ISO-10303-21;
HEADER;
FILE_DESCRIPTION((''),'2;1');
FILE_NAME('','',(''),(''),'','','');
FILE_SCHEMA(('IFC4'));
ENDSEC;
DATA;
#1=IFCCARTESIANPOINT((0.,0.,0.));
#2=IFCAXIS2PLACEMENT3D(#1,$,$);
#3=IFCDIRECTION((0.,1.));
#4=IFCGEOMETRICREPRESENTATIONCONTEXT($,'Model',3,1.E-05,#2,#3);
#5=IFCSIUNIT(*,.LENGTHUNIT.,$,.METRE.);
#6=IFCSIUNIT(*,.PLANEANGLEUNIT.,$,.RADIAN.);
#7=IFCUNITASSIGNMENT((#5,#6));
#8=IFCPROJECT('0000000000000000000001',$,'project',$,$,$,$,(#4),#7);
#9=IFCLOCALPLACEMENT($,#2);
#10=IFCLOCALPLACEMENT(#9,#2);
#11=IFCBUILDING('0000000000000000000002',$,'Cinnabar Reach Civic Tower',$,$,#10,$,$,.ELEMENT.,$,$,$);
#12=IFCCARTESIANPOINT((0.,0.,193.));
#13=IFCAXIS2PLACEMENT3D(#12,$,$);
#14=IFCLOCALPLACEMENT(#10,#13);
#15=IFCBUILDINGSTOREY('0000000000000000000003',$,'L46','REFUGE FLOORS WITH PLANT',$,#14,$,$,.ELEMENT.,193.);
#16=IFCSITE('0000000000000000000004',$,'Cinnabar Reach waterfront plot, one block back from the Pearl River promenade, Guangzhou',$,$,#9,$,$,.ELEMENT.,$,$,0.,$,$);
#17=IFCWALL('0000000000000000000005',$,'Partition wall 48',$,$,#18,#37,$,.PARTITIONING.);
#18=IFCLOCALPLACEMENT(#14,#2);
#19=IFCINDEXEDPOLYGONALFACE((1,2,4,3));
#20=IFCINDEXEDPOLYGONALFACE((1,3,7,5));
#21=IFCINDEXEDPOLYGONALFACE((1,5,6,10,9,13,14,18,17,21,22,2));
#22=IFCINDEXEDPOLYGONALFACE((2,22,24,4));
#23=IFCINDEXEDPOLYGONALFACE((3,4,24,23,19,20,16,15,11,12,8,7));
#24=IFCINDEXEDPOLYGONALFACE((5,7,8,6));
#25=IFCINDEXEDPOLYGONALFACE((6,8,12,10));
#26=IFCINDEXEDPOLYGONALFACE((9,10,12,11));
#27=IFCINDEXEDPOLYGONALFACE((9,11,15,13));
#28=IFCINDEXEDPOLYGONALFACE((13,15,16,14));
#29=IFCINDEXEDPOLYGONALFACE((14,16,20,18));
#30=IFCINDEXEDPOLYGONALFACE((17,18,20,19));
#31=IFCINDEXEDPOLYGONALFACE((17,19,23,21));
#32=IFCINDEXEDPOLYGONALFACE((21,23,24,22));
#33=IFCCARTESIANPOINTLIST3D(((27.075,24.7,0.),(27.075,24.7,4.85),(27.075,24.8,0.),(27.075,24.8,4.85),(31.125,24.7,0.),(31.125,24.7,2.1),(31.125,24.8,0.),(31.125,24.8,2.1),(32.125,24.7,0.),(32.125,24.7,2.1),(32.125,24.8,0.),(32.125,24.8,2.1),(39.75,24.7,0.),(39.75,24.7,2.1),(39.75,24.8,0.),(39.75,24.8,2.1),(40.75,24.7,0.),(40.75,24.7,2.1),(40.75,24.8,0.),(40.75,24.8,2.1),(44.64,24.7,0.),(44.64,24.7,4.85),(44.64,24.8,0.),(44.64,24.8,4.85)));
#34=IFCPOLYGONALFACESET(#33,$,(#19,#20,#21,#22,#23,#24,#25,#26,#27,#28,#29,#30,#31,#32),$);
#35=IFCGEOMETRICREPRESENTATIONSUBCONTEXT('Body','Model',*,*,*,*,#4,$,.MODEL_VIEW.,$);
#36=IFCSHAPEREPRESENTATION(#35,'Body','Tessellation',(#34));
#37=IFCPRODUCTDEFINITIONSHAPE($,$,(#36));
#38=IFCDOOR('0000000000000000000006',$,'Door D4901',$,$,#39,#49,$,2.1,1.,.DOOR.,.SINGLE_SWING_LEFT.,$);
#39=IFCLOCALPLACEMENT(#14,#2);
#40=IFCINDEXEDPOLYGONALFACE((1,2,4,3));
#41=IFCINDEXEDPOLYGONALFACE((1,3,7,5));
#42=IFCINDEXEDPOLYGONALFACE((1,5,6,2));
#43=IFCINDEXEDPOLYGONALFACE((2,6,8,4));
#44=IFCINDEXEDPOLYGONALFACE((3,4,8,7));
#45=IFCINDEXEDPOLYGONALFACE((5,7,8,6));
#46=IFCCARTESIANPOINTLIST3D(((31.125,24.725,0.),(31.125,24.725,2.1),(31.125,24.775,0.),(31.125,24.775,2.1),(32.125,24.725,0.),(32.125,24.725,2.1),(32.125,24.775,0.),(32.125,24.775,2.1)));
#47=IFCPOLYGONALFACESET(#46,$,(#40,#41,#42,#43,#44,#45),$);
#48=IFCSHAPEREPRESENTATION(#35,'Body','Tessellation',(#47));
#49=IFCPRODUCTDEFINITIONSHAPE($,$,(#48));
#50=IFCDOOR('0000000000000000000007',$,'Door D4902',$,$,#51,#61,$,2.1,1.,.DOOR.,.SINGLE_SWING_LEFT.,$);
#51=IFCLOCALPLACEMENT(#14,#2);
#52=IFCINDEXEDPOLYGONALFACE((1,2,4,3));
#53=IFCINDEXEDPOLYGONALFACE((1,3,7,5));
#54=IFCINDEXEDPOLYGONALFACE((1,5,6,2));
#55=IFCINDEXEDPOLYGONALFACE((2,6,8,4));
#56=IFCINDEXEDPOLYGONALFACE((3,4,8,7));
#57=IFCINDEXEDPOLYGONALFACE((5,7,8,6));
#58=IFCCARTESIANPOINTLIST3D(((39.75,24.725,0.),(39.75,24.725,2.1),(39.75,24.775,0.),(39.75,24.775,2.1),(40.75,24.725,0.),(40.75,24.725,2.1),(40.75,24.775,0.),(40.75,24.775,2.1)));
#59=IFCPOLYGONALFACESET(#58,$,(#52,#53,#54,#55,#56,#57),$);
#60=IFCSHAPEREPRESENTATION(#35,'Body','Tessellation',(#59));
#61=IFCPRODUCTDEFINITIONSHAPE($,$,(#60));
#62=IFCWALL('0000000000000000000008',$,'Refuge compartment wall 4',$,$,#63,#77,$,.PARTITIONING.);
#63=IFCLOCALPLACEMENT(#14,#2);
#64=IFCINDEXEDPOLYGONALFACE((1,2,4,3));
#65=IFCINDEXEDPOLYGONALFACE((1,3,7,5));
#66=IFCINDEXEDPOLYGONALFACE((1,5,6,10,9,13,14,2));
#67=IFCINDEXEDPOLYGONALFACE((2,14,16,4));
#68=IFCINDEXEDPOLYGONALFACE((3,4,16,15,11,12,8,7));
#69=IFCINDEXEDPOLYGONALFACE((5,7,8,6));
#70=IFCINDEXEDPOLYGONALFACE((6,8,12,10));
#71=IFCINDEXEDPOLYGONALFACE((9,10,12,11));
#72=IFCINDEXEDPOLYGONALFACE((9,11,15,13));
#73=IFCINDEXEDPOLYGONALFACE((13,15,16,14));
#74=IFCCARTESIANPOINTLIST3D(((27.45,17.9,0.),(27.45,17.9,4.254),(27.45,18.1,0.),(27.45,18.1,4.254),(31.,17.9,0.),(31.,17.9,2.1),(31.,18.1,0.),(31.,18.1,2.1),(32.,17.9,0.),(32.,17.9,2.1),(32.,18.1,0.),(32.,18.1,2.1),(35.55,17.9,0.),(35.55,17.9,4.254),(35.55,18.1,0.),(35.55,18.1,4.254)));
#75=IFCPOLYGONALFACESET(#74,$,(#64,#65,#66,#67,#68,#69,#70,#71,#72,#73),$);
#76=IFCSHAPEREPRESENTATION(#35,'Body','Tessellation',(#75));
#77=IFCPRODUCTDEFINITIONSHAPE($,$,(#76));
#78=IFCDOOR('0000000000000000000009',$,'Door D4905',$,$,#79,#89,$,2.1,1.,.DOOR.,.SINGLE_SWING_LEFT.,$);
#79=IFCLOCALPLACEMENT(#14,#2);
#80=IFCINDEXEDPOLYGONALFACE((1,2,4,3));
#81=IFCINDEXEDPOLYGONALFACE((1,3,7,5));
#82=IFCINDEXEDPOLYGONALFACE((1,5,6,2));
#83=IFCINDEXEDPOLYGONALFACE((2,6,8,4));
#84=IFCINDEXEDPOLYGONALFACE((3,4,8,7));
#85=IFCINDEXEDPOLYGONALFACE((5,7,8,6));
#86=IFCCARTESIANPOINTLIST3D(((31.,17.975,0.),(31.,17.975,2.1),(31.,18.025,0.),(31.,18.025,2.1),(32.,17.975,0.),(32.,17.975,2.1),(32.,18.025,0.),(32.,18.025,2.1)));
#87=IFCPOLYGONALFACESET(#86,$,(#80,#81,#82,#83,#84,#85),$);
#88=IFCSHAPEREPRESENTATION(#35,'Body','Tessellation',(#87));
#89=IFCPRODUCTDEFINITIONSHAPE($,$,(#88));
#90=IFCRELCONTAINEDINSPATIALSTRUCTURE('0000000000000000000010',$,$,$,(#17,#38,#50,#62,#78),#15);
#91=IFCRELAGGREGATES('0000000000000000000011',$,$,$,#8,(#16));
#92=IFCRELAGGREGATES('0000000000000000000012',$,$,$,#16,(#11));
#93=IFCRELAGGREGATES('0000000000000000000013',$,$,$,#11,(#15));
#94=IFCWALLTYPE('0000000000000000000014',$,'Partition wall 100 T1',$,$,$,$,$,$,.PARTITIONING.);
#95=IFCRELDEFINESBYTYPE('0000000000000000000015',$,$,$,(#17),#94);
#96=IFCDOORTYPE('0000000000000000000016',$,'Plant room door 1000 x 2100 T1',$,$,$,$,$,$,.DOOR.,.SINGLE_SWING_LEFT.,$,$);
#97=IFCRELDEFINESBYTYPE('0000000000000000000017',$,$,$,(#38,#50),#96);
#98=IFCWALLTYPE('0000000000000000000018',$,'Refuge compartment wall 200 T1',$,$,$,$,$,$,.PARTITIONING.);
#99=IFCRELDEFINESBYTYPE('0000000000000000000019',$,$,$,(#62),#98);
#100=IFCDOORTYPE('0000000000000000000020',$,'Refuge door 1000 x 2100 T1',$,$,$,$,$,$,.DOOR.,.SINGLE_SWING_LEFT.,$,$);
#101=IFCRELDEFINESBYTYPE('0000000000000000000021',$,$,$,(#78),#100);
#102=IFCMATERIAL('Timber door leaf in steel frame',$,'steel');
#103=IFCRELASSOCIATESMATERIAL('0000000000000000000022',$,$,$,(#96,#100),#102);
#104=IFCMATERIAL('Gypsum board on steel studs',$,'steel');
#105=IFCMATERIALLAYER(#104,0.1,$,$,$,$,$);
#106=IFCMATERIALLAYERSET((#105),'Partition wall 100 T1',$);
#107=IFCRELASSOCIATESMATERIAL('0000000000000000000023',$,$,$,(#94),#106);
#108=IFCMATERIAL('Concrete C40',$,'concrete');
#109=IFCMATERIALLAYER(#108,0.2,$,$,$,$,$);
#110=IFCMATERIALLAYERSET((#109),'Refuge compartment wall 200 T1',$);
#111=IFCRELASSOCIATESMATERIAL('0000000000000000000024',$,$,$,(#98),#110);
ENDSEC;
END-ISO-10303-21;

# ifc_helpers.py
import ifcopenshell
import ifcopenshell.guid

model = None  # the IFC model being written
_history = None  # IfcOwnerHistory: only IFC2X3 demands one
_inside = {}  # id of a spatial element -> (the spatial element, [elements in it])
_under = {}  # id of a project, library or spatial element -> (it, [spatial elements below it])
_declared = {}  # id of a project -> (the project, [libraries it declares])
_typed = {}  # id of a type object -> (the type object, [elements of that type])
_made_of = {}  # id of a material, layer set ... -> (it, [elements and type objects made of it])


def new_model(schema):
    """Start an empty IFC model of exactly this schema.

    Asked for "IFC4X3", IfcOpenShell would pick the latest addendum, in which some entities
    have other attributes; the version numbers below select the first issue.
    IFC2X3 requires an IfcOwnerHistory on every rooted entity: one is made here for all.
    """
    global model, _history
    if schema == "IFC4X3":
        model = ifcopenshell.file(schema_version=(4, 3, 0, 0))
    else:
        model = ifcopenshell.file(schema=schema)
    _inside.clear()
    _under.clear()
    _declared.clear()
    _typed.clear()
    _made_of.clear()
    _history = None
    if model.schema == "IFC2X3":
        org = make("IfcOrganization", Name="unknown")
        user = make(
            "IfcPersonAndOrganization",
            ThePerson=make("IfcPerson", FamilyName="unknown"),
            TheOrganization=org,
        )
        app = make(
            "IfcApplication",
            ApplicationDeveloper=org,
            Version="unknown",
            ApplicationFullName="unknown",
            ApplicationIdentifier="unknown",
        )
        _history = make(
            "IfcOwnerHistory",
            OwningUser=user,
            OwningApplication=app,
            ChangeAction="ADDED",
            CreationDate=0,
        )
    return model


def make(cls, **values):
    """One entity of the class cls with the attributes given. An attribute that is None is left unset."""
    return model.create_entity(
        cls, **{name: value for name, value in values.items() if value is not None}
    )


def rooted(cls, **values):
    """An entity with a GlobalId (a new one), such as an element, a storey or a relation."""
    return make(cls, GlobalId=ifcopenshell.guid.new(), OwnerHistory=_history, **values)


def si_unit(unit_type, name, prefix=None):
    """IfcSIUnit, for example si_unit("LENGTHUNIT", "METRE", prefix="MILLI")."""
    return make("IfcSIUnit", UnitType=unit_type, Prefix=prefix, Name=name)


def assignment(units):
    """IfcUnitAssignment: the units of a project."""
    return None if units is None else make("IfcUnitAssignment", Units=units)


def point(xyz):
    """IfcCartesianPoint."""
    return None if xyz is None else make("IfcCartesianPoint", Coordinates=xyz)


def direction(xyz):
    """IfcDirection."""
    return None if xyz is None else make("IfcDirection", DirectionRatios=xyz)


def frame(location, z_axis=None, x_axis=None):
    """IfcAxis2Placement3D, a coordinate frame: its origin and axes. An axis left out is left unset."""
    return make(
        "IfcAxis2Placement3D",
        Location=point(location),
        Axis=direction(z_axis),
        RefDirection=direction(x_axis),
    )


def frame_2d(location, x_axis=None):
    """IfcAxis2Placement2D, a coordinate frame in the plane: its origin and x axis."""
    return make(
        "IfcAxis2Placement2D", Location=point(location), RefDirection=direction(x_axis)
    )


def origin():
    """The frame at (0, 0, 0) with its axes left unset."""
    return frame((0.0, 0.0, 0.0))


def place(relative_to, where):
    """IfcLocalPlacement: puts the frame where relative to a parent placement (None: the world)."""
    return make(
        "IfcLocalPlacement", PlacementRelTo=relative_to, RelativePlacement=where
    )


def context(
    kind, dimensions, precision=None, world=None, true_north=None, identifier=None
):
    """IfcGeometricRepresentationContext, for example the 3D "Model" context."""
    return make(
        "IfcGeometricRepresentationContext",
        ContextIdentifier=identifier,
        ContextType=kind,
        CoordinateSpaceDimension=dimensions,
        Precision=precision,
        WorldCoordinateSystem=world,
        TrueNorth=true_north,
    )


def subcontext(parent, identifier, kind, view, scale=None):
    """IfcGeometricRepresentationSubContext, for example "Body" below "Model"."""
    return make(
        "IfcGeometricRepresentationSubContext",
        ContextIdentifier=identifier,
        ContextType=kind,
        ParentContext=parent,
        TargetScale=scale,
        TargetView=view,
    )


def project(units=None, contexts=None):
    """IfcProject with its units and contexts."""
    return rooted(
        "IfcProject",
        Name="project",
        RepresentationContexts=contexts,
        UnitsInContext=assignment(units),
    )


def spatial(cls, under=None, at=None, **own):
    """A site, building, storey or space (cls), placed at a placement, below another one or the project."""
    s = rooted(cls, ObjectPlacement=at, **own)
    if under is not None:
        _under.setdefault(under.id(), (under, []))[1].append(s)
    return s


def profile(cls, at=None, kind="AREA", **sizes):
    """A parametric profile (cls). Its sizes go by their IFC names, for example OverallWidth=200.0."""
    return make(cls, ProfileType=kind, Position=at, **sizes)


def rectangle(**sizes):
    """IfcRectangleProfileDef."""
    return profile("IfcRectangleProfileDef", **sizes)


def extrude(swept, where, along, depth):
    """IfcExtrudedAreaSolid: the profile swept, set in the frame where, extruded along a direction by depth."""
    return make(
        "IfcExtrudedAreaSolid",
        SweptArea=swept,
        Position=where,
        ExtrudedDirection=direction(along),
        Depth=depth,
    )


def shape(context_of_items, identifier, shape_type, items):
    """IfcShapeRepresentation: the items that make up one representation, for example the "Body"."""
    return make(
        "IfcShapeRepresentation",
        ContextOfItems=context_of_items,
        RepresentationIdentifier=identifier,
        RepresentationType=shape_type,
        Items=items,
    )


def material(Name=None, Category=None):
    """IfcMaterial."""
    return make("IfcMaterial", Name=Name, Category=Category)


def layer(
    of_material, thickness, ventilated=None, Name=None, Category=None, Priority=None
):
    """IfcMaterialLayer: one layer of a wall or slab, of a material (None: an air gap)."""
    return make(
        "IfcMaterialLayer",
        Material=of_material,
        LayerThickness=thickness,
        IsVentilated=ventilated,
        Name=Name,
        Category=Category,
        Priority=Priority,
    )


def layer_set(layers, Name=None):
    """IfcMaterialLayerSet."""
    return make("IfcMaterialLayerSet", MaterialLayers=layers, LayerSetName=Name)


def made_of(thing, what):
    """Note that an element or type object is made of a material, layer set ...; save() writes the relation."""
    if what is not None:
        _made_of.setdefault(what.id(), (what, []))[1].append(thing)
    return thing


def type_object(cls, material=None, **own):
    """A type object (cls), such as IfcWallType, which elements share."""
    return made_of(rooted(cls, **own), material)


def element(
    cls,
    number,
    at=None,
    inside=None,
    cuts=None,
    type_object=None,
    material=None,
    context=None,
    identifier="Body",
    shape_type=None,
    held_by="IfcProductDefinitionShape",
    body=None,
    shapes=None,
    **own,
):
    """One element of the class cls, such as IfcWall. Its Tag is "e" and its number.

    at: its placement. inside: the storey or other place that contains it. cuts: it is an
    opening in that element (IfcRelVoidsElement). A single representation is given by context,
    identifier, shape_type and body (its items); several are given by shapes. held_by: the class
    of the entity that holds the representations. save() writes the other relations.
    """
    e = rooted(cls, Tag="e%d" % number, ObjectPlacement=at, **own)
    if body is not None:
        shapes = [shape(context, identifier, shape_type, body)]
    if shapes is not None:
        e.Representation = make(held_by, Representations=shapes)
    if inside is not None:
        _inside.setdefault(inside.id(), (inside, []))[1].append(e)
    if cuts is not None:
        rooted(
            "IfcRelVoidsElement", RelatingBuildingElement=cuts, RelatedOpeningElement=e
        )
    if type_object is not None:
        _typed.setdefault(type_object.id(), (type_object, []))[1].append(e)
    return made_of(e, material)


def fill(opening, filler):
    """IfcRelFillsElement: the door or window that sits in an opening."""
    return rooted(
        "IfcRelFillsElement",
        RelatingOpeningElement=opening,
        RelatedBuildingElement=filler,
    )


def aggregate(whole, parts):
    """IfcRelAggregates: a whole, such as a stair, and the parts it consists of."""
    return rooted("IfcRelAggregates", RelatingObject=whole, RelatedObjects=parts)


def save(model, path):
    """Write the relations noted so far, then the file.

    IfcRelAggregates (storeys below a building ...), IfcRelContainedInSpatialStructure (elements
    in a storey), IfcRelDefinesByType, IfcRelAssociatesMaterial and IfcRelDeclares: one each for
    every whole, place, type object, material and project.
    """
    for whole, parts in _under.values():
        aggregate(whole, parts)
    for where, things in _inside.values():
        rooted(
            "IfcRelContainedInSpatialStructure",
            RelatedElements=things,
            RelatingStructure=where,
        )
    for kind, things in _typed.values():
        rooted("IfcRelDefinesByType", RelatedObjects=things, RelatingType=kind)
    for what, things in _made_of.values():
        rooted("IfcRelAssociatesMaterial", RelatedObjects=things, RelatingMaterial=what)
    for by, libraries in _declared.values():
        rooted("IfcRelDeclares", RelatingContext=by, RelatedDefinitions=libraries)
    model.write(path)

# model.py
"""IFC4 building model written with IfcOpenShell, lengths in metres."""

from ifc_helpers import new_model, si_unit, direction, frame, frame_2d, origin, place, context, subcontext, project, spatial, rectangle, extrude, material, layer, layer_set, type_object, element, fill, save


model = new_model("IFC4")

# Units and contexts
model_context = context("Model", 3, precision=1e-05, world=origin(), true_north=direction((0.0, 1.0)))
body_context = subcontext(model_context, "Body", "Model", "MODEL_VIEW")
ifc_project = project(units=[si_unit("LENGTHUNIT", "METRE"), si_unit("PLANEANGLEUNIT", "RADIAN")], contexts=[model_context])

# Site, building, storey
site_placement = place(None, origin())
site = spatial("IfcSite", under=ifc_project, at=site_placement, Name="Cinnabar Reach waterfront plot, one block back from the Pearl River promenade, Guangzhou", CompositionType="ELEMENT", RefElevation=0.0)
building_placement = place(site_placement, origin())
building = spatial("IfcBuilding", under=site, at=building_placement, Name="Cinnabar Reach Civic Tower", CompositionType="ELEMENT")
storey_placement = place(building_placement, frame((0.0, 0.0, 193.0)))
storey = spatial("IfcBuildingStorey", under=building, at=storey_placement, Name="L46", Description="REFUGE FLOORS WITH PLANT", CompositionType="ELEMENT", Elevation=193.0)

# Shared definitions
ifc_material_1 = material(Name="Timber door leaf in steel frame", Category="steel")

# Shared definitions
door_type_1 = type_object("IfcDoorType", Name="Plant room door 1000 x 2100 T1", OperationType="SINGLE_SWING_LEFT", PredefinedType="DOOR", material=ifc_material_1)

# Wall, openings, doors
ifc_material_2 = material(Name="Gypsum board on steel studs", Category="steel")
ifc_layer_1 = layer(ifc_material_2, 0.1)
ifc_layer_set_1 = layer_set([ifc_layer_1], Name="Partition wall 100 T1")
wall_type_1 = type_object("IfcWallType", Name="Partition wall 100 T1", PredefinedType="PARTITIONING", material=ifc_layer_set_1)
wall_1_placement = place(storey_placement, frame((27.075, 24.75, 0.0), z_axis=(0.0, 0.0, 1.0), x_axis=(1.0, 0.0, 0.0)))
wall_1 = element("IfcWall", 1, at=wall_1_placement, inside=storey, type_object=wall_type_1, Name="Partition wall 48", PredefinedType="PARTITIONING", context=body_context, shape_type="SweptSolid", body=[
    extrude(rectangle(XDim=17.565, YDim=0.1, at=frame_2d((8.7825, 0.0))), origin(), (0.0, 0.0, 1.0), 4.85),
])
opening_1_placement = place(wall_1_placement, frame((4.05, 0.0, 0.0)))
opening_1 = element("IfcOpeningElement", 2, at=opening_1_placement, cuts=wall_1, PredefinedType="OPENING", context=body_context, shape_type="SweptSolid", body=[
    extrude(rectangle(XDim=1.0, YDim=2.1, at=frame_2d((0.5, 1.05))), frame((0.0, 0.06, 0.0), z_axis=(0.0, -1.0, 0.0), x_axis=(1.0, 0.0, 0.0)), (0.0, 0.0, 1.0), 0.12),
])
opening_2_placement = place(wall_1_placement, frame((12.675, 0.0, 0.0)))
opening_2 = element("IfcOpeningElement", 3, at=opening_2_placement, cuts=wall_1, PredefinedType="OPENING", context=body_context, shape_type="SweptSolid", body=[
    extrude(rectangle(XDim=1.0, YDim=2.1, at=frame_2d((0.5, 1.05))), frame((0.0, 0.06, 0.0), z_axis=(0.0, -1.0, 0.0), x_axis=(1.0, 0.0, 0.0)), (0.0, 0.0, 1.0), 0.12),
])
door_1_placement = place(opening_1_placement, origin())
door_1 = element("IfcDoor", 4, at=door_1_placement, inside=storey, type_object=door_type_1, Name="Door D4901", OperationType="SINGLE_SWING_LEFT", OverallHeight=2.1, OverallWidth=1.0, PredefinedType="DOOR", context=body_context, shape_type="SweptSolid", body=[
    extrude(rectangle(XDim=1.0, YDim=2.1, at=frame_2d((0.5, 1.05))), frame((0.0, 0.025, 0.0), z_axis=(0.0, -1.0, 0.0), x_axis=(1.0, 0.0, 0.0)), (0.0, 0.0, 1.0), 0.05),
])
fill(opening_1, door_1)
door_2_placement = place(opening_2_placement, origin())
door_2 = element("IfcDoor", 5, at=door_2_placement, inside=storey, type_object=door_type_1, Name="Door D4902", OperationType="SINGLE_SWING_LEFT", OverallHeight=2.1, OverallWidth=1.0, PredefinedType="DOOR", context=body_context, shape_type="SweptSolid", body=[
    extrude(rectangle(XDim=1.0, YDim=2.1, at=frame_2d((0.5, 1.05))), frame((0.0, 0.025, 0.0), z_axis=(0.0, -1.0, 0.0), x_axis=(1.0, 0.0, 0.0)), (0.0, 0.0, 1.0), 0.05),
])
fill(opening_2, door_2)

# Wall, opening, door
ifc_material_3 = material(Name="Concrete C40", Category="concrete")
ifc_layer_2 = layer(ifc_material_3, 0.2)
ifc_layer_set_2 = layer_set([ifc_layer_2], Name="Refuge compartment wall 200 T1")
wall_type_2 = type_object("IfcWallType", Name="Refuge compartment wall 200 T1", PredefinedType="PARTITIONING", material=ifc_layer_set_2)
wall_2_placement = place(storey_placement, frame((27.45, 18.0, 0.0), z_axis=(0.0, 0.0, 1.0), x_axis=(1.0, 0.0, 0.0)))
wall_2 = element("IfcWall", 6, at=wall_2_placement, inside=storey, type_object=wall_type_2, Name="Refuge compartment wall 4", PredefinedType="PARTITIONING", context=body_context, shape_type="SweptSolid", body=[
    extrude(rectangle(XDim=8.1, YDim=0.2, at=frame_2d((4.05, 0.0))), origin(), (0.0, 0.0, 1.0), 4.254),
])
opening_3_placement = place(wall_2_placement, frame((3.55, 0.0, 0.0)))
opening_3 = element("IfcOpeningElement", 7, at=opening_3_placement, cuts=wall_2, PredefinedType="OPENING", context=body_context, shape_type="SweptSolid", body=[
    extrude(rectangle(XDim=1.0, YDim=2.1, at=frame_2d((0.5, 1.05))), frame((0.0, 0.11, 0.0), z_axis=(0.0, -1.0, 0.0), x_axis=(1.0, 0.0, 0.0)), (0.0, 0.0, 1.0), 0.22),
])
door_type_2 = type_object("IfcDoorType", Name="Refuge door 1000 x 2100 T1", OperationType="SINGLE_SWING_LEFT", PredefinedType="DOOR", material=ifc_material_1)
door_3_placement = place(opening_3_placement, frame((1.0, 0.0, 0.0), z_axis=(0.0, 0.0, 1.0), x_axis=(-1.0, 0.0, 0.0)))
door_3 = element("IfcDoor", 8, at=door_3_placement, inside=storey, type_object=door_type_2, Name="Door D4905", OperationType="SINGLE_SWING_LEFT", OverallHeight=2.1, OverallWidth=1.0, PredefinedType="DOOR", context=body_context, shape_type="SweptSolid", body=[
    extrude(rectangle(XDim=1.0, YDim=2.1, at=frame_2d((0.5, 1.05))), frame((0.0, 0.025, 0.0), z_axis=(0.0, -1.0, 0.0), x_axis=(1.0, 0.0, 0.0)), (0.0, 0.0, 1.0), 0.05),
])
fill(opening_3, door_3)

save(model, "model.ifc")
